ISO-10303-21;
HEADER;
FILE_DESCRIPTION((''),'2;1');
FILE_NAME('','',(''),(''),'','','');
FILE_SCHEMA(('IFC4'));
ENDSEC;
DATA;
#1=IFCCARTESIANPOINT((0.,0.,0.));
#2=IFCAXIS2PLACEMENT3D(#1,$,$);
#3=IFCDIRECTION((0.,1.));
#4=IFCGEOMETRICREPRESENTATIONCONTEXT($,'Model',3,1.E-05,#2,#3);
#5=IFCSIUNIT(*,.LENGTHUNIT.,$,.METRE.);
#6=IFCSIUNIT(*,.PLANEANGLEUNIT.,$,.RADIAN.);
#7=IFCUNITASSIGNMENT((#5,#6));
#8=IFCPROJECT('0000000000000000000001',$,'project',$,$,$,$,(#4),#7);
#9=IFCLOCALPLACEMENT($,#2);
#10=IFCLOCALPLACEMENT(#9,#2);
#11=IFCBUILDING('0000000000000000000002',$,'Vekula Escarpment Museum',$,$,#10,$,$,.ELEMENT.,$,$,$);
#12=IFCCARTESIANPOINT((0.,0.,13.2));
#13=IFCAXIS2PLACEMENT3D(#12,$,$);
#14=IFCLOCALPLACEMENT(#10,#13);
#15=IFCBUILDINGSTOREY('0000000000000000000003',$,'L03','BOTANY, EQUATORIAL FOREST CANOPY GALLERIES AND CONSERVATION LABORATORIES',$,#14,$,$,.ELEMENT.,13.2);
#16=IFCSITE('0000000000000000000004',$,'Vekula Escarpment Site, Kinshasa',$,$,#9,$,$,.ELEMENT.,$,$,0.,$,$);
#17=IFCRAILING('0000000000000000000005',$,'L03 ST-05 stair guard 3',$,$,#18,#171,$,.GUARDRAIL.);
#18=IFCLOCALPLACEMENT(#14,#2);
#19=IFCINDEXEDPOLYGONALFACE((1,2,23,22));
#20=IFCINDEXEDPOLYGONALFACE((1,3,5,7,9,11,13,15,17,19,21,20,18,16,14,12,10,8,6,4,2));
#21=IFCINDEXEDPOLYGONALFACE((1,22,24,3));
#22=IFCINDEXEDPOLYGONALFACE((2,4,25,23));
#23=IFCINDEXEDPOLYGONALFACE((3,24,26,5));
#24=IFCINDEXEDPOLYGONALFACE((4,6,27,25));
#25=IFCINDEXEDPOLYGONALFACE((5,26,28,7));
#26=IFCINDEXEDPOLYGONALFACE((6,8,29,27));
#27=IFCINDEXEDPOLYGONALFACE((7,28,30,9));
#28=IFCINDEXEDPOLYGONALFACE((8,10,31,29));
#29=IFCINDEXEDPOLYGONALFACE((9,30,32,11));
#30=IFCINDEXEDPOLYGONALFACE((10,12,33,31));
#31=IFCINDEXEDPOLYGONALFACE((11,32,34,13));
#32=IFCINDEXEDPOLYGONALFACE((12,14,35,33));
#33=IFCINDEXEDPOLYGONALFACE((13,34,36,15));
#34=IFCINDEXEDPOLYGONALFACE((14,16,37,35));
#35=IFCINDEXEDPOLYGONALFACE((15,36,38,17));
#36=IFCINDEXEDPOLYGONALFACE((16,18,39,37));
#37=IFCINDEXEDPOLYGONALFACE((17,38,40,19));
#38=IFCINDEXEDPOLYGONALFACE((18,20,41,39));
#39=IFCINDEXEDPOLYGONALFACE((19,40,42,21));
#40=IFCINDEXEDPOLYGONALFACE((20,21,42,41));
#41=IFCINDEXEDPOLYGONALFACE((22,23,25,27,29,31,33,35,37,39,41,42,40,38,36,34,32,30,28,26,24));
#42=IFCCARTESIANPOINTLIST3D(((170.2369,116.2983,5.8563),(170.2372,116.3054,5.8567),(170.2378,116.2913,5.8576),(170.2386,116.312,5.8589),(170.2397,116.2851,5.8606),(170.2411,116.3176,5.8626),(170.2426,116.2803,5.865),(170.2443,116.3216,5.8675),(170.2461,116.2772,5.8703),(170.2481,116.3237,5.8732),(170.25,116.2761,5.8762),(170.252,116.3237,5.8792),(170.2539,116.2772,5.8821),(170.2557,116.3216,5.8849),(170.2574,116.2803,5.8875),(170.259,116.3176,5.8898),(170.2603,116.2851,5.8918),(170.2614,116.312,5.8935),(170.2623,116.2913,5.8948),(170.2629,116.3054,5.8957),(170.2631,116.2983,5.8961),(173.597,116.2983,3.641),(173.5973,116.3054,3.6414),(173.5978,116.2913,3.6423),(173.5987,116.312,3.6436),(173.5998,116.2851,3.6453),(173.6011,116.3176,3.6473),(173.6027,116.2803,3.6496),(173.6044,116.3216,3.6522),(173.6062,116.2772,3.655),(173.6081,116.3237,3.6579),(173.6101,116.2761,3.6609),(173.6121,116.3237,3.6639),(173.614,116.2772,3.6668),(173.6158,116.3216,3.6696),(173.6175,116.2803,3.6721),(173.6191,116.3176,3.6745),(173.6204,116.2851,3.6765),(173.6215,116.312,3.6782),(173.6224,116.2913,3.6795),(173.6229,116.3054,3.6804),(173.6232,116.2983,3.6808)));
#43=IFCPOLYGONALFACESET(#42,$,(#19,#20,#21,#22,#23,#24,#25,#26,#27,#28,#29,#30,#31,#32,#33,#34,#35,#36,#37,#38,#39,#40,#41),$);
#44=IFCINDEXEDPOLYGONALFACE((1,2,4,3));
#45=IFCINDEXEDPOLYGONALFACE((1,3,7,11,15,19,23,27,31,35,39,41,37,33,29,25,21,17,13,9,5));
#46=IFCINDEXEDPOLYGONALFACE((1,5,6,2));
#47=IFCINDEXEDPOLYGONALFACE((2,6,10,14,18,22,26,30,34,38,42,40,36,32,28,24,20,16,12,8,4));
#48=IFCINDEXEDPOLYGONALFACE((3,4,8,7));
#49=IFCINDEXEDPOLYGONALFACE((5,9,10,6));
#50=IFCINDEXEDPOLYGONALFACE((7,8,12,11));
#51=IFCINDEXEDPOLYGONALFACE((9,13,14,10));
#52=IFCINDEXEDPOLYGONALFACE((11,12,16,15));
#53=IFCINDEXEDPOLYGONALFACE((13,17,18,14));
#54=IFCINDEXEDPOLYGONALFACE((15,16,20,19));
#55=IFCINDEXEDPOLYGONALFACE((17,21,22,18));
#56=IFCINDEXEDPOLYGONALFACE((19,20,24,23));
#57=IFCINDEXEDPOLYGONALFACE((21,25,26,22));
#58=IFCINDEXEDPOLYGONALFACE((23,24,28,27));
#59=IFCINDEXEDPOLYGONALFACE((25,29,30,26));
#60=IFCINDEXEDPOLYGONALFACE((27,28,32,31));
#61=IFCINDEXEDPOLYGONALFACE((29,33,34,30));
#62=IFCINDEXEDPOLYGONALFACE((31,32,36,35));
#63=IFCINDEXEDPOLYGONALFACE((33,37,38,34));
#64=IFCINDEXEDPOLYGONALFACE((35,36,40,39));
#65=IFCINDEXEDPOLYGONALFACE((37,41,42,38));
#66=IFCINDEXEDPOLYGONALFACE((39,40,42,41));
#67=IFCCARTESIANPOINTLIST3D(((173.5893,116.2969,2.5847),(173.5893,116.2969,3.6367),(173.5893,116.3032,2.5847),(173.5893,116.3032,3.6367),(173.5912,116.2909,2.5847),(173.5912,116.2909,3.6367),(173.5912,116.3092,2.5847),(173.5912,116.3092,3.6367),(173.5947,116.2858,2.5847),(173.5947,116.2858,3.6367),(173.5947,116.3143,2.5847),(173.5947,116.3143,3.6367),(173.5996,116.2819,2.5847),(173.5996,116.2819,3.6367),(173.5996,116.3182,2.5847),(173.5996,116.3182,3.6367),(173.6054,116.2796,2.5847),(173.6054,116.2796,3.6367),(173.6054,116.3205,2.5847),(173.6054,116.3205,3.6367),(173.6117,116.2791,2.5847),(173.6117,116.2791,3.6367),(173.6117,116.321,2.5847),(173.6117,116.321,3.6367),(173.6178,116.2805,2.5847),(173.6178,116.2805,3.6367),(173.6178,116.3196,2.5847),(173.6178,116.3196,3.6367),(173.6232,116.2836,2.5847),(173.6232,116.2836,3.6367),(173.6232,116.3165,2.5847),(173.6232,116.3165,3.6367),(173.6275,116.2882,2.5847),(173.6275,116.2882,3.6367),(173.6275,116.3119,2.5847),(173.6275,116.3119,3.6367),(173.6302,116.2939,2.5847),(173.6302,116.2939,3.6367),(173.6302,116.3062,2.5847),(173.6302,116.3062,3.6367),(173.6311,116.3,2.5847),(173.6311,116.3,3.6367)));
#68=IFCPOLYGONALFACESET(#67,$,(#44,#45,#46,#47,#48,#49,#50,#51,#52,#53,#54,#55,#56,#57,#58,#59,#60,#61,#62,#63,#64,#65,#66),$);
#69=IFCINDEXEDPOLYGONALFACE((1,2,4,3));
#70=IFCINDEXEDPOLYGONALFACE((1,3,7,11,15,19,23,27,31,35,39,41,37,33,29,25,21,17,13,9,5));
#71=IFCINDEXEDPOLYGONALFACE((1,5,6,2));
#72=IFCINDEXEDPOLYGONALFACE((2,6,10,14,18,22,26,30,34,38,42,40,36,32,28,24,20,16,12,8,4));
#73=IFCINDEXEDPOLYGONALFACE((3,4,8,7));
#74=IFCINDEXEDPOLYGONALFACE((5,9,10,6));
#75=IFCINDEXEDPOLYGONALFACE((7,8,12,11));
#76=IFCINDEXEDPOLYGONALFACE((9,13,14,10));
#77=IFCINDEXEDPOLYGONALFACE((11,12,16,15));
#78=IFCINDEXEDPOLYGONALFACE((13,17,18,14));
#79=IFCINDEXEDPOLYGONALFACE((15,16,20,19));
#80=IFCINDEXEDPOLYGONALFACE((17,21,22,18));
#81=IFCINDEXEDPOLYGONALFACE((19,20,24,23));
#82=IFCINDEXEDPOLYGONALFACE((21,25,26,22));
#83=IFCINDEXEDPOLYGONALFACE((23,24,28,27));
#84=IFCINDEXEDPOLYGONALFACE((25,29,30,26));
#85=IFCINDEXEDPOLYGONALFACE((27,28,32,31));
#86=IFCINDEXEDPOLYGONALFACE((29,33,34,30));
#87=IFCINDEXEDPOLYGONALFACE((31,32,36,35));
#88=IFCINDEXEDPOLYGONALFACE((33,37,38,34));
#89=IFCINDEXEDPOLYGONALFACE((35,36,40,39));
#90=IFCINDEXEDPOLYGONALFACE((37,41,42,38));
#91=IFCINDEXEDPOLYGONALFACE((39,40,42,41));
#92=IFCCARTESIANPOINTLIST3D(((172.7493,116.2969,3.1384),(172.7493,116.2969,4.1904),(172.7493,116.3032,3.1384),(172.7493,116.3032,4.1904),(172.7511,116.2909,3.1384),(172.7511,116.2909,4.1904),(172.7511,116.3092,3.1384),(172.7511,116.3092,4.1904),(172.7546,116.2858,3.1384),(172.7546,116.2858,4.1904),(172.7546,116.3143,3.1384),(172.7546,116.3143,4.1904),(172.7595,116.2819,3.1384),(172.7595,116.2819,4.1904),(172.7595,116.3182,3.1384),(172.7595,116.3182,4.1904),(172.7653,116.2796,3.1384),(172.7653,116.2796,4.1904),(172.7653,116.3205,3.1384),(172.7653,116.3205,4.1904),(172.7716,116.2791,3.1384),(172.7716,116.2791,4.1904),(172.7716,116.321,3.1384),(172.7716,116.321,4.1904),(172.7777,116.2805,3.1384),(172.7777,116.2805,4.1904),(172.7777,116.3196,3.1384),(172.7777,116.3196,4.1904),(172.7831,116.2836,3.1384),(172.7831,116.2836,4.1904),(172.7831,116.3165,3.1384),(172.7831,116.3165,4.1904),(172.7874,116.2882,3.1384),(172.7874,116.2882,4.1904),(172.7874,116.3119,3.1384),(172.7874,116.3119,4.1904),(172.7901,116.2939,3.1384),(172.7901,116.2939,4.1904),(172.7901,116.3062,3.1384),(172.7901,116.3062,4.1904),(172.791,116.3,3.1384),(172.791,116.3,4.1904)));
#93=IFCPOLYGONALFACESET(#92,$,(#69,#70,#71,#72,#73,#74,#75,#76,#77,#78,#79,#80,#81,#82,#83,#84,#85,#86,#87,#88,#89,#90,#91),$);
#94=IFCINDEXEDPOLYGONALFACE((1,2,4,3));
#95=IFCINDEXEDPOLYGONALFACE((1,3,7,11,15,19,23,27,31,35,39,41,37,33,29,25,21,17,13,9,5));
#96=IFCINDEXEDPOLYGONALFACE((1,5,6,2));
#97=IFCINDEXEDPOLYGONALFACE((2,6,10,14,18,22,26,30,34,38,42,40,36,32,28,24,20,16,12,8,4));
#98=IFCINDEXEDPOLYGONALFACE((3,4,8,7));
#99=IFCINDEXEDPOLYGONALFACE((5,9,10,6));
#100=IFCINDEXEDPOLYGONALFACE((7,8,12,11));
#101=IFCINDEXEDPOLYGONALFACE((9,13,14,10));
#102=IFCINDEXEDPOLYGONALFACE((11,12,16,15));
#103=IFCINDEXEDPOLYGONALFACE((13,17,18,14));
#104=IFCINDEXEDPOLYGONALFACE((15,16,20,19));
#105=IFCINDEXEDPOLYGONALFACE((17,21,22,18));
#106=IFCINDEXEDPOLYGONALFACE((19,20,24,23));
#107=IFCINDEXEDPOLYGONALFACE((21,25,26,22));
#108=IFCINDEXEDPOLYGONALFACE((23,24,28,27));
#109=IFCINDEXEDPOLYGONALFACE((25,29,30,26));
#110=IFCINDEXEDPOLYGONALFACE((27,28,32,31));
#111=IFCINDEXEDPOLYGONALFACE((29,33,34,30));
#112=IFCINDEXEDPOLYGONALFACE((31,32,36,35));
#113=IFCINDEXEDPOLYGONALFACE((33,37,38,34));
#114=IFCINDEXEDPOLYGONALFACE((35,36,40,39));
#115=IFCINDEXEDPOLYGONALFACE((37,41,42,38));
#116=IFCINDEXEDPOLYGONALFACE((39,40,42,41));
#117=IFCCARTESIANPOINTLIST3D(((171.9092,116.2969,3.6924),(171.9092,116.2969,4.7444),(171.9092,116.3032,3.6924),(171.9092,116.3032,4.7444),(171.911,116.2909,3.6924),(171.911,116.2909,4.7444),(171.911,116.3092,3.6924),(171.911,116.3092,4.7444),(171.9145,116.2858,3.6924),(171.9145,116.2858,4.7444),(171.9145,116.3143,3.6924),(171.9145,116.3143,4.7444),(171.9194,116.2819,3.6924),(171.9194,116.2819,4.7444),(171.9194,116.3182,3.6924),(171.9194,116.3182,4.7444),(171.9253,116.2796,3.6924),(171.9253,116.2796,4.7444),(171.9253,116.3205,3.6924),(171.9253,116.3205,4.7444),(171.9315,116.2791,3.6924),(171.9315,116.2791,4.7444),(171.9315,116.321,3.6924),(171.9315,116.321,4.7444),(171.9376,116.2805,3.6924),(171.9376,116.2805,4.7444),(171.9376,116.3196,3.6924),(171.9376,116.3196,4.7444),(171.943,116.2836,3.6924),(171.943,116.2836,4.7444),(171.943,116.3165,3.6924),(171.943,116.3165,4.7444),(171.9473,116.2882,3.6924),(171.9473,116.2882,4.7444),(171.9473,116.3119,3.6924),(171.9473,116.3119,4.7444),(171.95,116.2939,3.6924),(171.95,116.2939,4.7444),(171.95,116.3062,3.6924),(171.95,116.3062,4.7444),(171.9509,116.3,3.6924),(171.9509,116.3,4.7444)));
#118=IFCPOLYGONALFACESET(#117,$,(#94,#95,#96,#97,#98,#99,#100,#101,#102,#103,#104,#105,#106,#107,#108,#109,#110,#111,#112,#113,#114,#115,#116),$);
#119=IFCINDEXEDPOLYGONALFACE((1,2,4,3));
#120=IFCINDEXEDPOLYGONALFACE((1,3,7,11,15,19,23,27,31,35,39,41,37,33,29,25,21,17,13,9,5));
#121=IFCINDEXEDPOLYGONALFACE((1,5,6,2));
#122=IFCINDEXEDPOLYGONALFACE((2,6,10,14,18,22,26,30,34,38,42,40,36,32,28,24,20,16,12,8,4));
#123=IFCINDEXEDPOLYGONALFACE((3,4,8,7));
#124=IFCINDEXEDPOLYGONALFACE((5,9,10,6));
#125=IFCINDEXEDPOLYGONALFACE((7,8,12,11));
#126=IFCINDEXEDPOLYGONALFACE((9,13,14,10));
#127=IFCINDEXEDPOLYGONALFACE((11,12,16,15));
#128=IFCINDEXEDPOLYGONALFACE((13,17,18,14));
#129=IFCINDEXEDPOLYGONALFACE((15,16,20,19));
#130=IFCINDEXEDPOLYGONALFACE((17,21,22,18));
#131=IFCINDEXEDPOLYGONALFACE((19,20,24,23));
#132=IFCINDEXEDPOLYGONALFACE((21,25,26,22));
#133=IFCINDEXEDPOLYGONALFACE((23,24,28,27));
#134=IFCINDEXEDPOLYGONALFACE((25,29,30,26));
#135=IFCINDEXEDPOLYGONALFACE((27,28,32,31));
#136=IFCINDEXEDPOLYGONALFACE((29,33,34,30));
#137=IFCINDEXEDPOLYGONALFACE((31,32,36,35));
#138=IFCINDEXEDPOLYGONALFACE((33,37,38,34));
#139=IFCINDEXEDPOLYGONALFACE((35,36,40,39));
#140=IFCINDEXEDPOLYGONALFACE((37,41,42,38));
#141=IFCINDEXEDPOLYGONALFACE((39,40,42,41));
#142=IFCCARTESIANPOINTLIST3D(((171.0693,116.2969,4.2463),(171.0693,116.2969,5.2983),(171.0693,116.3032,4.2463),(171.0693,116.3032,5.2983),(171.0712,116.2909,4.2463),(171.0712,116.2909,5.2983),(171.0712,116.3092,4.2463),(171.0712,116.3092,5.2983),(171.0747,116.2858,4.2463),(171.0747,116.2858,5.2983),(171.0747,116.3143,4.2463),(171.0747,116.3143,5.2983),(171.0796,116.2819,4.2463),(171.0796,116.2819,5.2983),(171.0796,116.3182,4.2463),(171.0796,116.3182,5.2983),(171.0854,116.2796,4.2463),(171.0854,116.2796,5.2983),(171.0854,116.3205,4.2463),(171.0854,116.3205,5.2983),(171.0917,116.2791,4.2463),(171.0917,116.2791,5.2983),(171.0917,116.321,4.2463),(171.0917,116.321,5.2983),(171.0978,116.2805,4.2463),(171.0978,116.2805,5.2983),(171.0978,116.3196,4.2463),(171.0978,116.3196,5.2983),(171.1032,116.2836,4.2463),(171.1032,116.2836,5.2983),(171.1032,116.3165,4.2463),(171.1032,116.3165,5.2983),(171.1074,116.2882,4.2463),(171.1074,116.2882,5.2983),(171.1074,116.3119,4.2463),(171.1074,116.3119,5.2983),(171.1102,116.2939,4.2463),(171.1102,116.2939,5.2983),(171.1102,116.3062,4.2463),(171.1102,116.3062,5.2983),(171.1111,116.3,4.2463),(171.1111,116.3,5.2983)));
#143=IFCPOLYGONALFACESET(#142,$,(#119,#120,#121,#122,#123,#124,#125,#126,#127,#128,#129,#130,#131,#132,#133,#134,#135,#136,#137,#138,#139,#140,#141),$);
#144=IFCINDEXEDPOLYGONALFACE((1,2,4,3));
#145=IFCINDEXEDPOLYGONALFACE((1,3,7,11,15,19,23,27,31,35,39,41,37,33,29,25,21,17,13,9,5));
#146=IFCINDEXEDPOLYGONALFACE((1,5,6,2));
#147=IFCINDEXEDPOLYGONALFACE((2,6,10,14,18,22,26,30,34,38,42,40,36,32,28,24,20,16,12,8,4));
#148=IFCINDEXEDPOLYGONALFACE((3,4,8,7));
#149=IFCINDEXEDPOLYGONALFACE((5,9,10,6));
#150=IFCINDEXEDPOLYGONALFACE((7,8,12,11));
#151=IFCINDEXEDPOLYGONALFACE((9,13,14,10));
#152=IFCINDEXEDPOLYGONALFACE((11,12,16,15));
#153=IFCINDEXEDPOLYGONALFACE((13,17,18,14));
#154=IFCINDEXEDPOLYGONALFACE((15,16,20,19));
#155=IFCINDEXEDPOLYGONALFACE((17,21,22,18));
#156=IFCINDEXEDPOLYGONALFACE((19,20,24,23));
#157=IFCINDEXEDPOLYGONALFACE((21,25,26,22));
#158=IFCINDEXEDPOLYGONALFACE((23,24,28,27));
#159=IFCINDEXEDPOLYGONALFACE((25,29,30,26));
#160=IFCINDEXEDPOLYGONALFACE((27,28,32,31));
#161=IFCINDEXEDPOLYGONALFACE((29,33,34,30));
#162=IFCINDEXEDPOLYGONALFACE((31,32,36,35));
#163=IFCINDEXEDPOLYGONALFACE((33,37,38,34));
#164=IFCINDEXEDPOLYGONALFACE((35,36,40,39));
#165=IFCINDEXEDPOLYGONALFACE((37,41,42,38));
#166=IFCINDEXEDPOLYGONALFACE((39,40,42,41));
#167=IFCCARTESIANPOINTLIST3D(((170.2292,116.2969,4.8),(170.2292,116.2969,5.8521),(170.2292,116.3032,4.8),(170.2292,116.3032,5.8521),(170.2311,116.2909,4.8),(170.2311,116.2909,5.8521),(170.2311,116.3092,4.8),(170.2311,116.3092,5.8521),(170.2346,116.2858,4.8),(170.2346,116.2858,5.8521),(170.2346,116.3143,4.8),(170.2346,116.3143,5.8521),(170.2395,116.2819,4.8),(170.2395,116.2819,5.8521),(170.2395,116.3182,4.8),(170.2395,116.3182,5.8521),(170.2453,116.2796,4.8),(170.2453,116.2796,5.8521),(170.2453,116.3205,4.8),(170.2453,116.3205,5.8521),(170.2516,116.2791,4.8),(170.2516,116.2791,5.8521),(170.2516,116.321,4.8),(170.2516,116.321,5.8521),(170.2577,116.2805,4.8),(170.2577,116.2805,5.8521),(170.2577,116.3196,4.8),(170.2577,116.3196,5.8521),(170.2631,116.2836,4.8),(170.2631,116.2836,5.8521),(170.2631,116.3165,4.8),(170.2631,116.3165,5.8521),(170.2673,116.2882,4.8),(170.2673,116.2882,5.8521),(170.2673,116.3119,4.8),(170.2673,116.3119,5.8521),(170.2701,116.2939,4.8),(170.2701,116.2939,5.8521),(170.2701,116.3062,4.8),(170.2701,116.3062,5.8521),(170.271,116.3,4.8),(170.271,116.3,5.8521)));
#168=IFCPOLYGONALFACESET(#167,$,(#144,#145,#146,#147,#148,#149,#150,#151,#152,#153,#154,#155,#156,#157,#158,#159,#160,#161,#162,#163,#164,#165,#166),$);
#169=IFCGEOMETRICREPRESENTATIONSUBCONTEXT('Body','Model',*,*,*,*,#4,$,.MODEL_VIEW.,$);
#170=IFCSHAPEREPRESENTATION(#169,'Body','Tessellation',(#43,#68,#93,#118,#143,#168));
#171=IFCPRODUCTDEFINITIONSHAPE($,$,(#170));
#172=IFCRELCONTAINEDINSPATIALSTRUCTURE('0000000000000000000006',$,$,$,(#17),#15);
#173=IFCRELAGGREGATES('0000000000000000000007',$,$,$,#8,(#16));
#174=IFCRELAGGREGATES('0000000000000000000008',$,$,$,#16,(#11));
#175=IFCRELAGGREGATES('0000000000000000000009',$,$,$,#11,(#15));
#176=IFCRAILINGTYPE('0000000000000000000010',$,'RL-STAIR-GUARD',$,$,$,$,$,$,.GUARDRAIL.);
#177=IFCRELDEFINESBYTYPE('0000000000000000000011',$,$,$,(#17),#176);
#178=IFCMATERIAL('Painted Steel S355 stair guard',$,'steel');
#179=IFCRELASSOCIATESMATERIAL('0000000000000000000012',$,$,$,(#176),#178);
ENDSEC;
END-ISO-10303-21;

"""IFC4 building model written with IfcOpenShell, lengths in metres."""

from ifc_helpers import new_model, si_unit, direction, frame, origin, origin_2d, place, context, subcontext, project, spatial, circle, extrude, material, type_object, element, save


model = new_model("IFC4")

# Units and contexts
model_context = context("Model", 3, precision=1e-05, world=origin(), true_north=direction((0.0, 1.0)))
body_context = subcontext(model_context, "Body", "Model", "MODEL_VIEW")
ifc_project = project(units=[si_unit("LENGTHUNIT", "METRE"), si_unit("PLANEANGLEUNIT", "RADIAN")], contexts=[model_context])

# Site, building, storey
site_placement = place(None, origin())
site = spatial("IfcSite", under=ifc_project, at=site_placement, Name="Vekula Escarpment Site, Kinshasa", CompositionType="ELEMENT", RefElevation=0.0)
building_placement = place(site_placement, origin())
building = spatial("IfcBuilding", under=site, at=building_placement, Name="Vekula Escarpment Museum", CompositionType="ELEMENT")
storey_placement = place(building_placement, frame((0.0, 0.0, 13.2)))
storey = spatial("IfcBuildingStorey", under=building, at=storey_placement, Name="L03", Description="BOTANY, EQUATORIAL FOREST CANOPY GALLERIES AND CONSERVATION LABORATORIES", CompositionType="ELEMENT", Elevation=13.2)

# Railing
ifc_material_1 = material(Name="Painted Steel S355 stair guard", Category="steel")
railing_type_1 = type_object("IfcRailingType", Name="RL-STAIR-GUARD", PredefinedType="GUARDRAIL", material=ifc_material_1)
railing_1_placement = place(storey_placement, frame((173.6101, 116.3, 2.5847)))
element("IfcRailing", 1, at=railing_1_placement, inside=storey, type_object=railing_type_1, Name="L03 ST-05 stair guard 3", PredefinedType="GUARDRAIL", context=body_context, shape_type="SweptSolid", body=[
    extrude(circle(Radius=0.0239, at=origin_2d()), frame((0.0, 0.0, 1.0762), z_axis=(-0.834876, 0.0, 0.550437), x_axis=(0.0, -1.0, 0.0)), (0.0, 0.0, 1.0), 4.0247),
    extrude(circle(Radius=0.021, at=origin_2d()), origin(), (0.0, 0.0, 1.0), 1.052),
    extrude(circle(Radius=0.021, at=origin_2d()), frame((-0.8401, 0.0, 0.5537)), (0.0, 0.0, 1.0), 1.052),
    extrude(circle(Radius=0.021, at=origin_2d()), frame((-1.6802, 0.0, 1.1077)), (0.0, 0.0, 1.0), 1.052),
    extrude(circle(Radius=0.021, at=origin_2d()), frame((-2.52, 0.0, 1.6616)), (0.0, 0.0, 1.0), 1.052),
    extrude(circle(Radius=0.021, at=origin_2d()), frame((-3.3601, 0.0, 2.2153)), (0.0, 0.0, 1.0), 1.052),
])

save(model, "model.ifc")
